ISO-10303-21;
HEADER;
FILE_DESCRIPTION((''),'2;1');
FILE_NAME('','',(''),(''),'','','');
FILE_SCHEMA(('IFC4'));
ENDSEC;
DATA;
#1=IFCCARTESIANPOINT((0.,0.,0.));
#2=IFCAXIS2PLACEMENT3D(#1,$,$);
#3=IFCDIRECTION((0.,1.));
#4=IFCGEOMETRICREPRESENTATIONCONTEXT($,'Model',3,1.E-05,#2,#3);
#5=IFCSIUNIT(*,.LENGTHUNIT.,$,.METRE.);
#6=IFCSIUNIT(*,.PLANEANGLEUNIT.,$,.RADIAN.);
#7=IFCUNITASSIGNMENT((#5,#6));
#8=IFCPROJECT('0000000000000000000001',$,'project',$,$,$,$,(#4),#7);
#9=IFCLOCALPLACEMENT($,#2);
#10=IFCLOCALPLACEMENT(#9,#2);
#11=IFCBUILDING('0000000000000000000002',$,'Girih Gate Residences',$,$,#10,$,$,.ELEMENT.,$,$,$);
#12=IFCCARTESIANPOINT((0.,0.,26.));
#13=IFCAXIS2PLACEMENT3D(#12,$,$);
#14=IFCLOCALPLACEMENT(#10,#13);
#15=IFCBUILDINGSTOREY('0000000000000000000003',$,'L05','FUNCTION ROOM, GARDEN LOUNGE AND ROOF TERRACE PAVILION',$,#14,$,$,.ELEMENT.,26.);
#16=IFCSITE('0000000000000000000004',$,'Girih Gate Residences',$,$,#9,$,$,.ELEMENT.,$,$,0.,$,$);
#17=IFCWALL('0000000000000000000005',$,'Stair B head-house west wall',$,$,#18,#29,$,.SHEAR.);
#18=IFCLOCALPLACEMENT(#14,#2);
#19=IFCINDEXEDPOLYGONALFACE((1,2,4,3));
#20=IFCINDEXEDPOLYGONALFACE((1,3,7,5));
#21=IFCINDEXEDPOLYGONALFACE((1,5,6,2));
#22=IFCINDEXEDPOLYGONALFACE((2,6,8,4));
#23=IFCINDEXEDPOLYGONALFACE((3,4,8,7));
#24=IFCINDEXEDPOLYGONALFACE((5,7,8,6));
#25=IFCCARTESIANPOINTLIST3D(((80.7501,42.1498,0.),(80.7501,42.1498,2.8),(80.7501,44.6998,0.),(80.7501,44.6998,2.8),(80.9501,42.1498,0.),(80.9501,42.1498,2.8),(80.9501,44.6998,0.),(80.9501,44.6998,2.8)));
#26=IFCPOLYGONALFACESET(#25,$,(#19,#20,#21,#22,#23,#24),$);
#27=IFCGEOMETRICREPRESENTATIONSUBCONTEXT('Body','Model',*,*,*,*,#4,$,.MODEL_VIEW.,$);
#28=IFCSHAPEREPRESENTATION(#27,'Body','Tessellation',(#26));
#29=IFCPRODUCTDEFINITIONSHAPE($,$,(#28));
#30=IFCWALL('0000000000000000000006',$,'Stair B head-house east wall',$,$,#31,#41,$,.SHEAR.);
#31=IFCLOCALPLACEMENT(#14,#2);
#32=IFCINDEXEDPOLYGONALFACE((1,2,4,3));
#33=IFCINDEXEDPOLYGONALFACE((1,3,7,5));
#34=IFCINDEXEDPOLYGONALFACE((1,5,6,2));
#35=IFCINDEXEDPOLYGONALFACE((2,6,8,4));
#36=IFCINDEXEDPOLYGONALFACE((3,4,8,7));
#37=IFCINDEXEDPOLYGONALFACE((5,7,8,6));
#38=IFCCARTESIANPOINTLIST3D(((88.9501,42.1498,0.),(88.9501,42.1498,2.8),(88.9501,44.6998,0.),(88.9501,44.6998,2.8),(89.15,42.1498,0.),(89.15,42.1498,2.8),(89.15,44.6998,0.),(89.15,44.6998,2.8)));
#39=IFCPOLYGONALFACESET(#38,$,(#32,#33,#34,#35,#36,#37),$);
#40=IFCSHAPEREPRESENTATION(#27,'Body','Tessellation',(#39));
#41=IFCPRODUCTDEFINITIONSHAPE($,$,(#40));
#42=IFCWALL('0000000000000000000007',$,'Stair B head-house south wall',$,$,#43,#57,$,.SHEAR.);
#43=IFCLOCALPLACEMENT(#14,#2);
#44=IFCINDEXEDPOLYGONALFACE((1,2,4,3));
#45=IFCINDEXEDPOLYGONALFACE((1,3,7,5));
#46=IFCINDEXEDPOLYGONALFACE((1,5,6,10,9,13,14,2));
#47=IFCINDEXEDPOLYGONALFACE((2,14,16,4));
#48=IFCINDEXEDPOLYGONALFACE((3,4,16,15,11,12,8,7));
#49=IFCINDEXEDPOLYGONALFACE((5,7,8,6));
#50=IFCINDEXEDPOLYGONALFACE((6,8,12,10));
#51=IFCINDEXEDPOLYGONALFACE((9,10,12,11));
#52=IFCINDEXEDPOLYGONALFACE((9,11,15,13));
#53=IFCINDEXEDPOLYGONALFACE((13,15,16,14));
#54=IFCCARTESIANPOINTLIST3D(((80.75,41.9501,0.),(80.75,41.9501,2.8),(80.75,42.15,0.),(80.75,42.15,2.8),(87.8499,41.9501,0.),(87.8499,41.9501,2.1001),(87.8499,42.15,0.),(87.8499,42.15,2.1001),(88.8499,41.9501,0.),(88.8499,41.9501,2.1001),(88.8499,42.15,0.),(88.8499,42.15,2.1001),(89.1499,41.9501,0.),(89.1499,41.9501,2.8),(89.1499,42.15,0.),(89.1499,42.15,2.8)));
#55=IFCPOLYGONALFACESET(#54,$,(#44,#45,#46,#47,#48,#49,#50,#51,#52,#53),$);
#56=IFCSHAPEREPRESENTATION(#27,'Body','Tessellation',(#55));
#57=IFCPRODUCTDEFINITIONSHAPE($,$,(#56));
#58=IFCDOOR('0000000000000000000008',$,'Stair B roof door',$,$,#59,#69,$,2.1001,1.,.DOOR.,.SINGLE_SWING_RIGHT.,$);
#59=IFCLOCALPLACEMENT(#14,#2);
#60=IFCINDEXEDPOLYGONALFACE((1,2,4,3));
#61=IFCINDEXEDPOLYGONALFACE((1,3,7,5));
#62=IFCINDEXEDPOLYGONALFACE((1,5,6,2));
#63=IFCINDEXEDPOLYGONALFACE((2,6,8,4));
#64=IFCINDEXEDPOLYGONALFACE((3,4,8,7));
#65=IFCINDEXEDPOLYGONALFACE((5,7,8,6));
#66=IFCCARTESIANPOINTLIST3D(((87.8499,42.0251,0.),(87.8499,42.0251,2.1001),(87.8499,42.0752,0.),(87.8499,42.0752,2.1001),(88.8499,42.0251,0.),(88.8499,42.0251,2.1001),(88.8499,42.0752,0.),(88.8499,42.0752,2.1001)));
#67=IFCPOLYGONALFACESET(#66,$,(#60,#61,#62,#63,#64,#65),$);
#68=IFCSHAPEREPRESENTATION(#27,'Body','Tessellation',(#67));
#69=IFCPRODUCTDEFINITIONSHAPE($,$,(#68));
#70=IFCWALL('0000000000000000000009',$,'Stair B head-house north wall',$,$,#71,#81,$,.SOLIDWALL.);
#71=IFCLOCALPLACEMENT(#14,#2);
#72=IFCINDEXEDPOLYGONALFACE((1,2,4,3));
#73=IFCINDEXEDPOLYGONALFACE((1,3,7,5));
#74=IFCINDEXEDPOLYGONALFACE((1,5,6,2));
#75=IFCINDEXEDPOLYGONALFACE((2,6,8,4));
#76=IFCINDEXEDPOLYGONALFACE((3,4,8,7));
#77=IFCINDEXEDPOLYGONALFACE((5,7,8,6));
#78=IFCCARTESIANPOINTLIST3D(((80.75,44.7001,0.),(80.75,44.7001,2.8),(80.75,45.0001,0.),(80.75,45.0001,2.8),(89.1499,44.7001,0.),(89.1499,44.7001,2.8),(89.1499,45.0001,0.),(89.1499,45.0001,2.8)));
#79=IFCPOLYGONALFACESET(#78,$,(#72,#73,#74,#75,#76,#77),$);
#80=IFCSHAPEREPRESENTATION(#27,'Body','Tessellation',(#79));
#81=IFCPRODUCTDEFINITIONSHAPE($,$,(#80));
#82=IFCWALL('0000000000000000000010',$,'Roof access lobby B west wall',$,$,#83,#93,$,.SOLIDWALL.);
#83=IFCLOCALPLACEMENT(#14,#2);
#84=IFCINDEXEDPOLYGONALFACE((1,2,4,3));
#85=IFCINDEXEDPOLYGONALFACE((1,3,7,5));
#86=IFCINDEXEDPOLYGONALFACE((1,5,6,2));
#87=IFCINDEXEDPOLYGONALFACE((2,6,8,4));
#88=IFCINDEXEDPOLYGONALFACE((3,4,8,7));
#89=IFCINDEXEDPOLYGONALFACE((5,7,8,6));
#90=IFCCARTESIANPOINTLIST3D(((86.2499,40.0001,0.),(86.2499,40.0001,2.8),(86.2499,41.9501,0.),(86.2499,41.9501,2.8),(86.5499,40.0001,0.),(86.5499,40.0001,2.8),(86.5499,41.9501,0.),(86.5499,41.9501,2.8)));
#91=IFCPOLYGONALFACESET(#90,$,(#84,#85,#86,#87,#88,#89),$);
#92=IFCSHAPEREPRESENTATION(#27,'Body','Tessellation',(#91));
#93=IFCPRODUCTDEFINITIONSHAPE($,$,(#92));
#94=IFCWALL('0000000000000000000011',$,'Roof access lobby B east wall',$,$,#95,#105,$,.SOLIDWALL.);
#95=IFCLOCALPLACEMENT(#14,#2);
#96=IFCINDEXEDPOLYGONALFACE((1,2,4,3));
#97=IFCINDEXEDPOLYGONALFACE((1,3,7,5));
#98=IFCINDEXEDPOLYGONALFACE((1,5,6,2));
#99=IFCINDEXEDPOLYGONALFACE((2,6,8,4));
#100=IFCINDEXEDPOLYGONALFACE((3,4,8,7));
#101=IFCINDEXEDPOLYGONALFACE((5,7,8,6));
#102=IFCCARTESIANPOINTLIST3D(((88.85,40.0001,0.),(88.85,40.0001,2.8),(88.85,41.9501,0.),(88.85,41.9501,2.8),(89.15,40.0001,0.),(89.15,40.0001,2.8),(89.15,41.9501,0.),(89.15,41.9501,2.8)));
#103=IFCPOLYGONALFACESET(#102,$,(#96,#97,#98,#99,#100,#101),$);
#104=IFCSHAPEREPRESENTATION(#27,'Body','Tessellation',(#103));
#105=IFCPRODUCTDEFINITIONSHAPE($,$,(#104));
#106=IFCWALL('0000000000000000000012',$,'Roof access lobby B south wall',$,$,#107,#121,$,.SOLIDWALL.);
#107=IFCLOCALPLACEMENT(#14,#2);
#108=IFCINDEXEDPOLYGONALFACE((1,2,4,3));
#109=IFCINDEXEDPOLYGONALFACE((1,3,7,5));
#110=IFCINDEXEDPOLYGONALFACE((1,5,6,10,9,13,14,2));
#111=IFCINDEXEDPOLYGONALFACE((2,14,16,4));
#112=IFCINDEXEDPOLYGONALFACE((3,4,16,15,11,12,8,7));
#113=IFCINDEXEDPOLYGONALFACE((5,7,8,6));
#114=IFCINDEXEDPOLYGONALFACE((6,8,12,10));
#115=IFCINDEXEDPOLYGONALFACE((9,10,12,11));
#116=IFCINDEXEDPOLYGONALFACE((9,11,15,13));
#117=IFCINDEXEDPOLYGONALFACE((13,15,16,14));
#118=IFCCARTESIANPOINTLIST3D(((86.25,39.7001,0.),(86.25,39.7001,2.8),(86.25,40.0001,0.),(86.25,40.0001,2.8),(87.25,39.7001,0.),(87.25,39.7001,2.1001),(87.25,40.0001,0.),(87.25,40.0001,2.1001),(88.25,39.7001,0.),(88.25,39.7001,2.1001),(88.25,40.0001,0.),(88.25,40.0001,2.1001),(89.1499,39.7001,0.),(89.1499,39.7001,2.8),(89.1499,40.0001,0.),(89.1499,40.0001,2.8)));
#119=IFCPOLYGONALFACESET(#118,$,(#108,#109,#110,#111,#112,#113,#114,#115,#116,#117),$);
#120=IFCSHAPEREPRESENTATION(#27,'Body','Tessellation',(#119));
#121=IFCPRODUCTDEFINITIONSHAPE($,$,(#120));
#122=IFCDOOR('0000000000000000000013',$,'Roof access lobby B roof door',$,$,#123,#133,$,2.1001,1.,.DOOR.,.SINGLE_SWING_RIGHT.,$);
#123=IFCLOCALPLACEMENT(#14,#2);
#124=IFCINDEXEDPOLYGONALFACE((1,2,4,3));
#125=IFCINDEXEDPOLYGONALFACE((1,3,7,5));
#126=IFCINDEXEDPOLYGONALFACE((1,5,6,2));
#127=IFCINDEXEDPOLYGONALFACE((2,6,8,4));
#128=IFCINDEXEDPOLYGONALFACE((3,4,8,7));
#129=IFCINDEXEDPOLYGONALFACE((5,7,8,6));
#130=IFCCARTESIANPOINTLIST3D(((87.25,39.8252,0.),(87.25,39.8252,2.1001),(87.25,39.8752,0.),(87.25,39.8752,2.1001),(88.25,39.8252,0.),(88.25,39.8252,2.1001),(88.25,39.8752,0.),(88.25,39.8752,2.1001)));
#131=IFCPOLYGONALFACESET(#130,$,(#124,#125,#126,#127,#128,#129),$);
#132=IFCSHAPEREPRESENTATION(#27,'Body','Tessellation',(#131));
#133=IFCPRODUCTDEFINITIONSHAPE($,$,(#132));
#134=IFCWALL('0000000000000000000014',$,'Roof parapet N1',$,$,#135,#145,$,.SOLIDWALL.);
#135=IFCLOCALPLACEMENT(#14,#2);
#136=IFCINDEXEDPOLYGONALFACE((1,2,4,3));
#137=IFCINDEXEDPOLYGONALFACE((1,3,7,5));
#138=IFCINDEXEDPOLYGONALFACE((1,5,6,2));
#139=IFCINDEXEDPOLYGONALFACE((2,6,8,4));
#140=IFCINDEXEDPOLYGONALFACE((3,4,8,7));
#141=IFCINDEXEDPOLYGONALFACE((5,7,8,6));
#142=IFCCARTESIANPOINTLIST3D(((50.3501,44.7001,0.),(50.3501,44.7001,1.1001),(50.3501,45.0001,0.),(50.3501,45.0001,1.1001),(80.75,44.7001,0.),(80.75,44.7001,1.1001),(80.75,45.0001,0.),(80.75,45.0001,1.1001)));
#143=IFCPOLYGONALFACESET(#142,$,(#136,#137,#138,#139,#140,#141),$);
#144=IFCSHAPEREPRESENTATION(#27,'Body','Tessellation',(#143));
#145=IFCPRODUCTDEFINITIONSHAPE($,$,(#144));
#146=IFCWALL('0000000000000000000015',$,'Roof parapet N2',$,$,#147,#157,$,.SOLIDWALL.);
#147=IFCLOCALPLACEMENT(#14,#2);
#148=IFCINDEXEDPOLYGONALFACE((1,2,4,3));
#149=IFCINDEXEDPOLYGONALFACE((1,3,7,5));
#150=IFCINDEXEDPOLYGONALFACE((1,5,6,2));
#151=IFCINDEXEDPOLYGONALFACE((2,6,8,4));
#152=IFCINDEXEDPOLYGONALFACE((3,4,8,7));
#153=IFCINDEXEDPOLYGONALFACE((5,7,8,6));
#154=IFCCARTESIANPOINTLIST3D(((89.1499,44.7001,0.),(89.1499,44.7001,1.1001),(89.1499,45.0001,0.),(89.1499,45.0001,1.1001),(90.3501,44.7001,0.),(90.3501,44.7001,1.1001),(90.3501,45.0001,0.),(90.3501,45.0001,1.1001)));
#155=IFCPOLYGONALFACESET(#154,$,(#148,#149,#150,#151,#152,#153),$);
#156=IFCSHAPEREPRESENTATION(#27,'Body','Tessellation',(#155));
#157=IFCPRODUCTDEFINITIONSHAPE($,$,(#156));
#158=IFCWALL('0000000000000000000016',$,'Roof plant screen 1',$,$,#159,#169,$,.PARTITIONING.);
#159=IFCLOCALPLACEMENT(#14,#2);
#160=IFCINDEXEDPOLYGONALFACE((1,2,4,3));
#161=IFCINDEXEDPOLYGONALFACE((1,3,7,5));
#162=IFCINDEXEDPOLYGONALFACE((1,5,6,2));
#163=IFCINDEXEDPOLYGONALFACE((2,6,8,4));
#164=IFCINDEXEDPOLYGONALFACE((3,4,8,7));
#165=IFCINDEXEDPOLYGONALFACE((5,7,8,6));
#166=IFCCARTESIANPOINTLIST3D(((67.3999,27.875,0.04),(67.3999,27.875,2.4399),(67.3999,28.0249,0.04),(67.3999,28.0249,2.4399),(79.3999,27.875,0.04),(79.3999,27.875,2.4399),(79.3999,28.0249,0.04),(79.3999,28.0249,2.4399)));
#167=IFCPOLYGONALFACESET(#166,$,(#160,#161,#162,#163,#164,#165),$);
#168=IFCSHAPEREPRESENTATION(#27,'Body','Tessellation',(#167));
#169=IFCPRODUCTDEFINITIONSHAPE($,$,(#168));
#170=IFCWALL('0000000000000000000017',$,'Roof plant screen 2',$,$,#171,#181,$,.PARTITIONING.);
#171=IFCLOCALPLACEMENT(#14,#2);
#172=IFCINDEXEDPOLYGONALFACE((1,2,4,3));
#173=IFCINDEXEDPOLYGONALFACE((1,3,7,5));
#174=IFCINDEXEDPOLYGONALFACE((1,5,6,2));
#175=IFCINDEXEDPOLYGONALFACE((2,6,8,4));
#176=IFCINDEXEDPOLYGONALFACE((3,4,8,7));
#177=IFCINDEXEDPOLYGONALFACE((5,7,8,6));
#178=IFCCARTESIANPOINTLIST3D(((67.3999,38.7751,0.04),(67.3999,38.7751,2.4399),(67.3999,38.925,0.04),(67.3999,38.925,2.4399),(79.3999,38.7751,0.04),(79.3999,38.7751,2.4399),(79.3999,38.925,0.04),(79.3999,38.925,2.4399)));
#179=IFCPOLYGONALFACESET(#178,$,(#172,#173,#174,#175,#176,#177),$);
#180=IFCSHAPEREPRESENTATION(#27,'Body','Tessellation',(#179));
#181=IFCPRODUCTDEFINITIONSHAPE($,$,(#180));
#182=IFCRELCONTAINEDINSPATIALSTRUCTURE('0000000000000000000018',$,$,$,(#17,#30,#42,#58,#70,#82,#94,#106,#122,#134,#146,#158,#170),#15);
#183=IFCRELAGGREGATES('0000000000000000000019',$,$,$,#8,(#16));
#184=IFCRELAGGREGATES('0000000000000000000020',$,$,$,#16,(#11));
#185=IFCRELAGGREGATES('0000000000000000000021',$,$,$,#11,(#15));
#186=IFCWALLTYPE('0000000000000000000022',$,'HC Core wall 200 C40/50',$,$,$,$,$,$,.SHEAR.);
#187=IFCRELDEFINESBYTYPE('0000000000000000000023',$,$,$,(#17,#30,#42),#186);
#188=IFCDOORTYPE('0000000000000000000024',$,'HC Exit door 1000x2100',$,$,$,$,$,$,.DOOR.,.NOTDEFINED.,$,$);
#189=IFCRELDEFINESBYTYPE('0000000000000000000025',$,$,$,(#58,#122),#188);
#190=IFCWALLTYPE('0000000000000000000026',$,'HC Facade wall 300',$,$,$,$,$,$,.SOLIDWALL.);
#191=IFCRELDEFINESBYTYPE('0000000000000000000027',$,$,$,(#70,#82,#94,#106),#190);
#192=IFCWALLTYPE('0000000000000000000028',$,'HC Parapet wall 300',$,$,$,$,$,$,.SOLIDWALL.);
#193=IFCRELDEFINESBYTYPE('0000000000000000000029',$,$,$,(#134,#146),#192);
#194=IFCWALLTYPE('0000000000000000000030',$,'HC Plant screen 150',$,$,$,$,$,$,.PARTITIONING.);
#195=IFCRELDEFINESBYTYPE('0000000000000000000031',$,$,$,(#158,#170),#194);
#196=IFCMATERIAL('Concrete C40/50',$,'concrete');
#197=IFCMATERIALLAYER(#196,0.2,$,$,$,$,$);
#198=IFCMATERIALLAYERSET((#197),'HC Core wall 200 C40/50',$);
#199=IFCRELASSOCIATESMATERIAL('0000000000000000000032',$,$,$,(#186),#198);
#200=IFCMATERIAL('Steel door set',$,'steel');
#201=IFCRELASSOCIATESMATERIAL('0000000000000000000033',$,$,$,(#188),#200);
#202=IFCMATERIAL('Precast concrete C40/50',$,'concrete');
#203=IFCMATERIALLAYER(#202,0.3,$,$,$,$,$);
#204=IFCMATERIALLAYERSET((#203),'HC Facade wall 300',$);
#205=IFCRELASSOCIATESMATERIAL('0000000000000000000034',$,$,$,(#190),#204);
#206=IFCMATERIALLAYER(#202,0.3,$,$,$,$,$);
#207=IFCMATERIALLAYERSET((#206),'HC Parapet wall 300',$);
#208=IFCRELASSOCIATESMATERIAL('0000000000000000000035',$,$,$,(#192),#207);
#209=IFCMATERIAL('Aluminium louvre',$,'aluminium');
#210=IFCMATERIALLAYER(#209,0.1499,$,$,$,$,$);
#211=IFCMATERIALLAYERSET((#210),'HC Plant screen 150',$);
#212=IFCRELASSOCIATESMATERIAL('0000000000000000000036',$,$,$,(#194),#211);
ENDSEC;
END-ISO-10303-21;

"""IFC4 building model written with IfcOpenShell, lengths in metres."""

from ifc_helpers import new_model, si_unit, direction, frame, frame_2d, origin, place, context, subcontext, project, spatial, rectangle, extrude, material, layer, layer_set, type_object, element, fill, save


model = new_model("IFC4")

# Units and contexts
model_context = context("Model", 3, precision=1e-05, world=origin(), true_north=direction((0.0, 1.0)))
body_context = subcontext(model_context, "Body", "Model", "MODEL_VIEW")
ifc_project = project(units=[si_unit("LENGTHUNIT", "METRE"), si_unit("PLANEANGLEUNIT", "RADIAN")], contexts=[model_context])

# Site, building, storey
site_placement = place(None, origin())
site = spatial("IfcSite", under=ifc_project, at=site_placement, Name="Girih Gate Residences", CompositionType="ELEMENT", RefElevation=0.0)
building_placement = place(site_placement, origin())
building = spatial("IfcBuilding", under=site, at=building_placement, Name="Girih Gate Residences", CompositionType="ELEMENT")
storey_placement = place(building_placement, frame((0.0, 0.0, 26.0)))
storey = spatial("IfcBuildingStorey", under=building, at=storey_placement, Name="L05", Description="FUNCTION ROOM, GARDEN LOUNGE AND ROOF TERRACE PAVILION", CompositionType="ELEMENT", Elevation=26.0)

# Walls
ifc_material_1 = material(Name="Concrete C40/50", Category="concrete")
ifc_layer_1 = layer(ifc_material_1, 0.2)
ifc_layer_set_1 = layer_set([ifc_layer_1], Name="HC Core wall 200 C40/50")
wall_type_1 = type_object("IfcWallType", Name="HC Core wall 200 C40/50", PredefinedType="SHEAR", material=ifc_layer_set_1)
for number, where, z_axis, x_axis, name in (
    (1, (80.8501, 42.1499, 0.0), (0.0, 0.0, 1.0), (0.0, 1.0, 0.0), "Stair B head-house west wall"),
    (2, (89.05, 42.1499, 0.0), (0.0, 0.0, 1.0), (0.0, 1.0, 0.0), "Stair B head-house east wall"),
):
    element("IfcWall", number, at=place(storey_placement, frame(where, z_axis=z_axis, x_axis=x_axis)), inside=storey, type_object=wall_type_1, Name=name, PredefinedType="SHEAR", context=body_context, shape_type="SweptSolid", body=[
        extrude(rectangle(XDim=2.55, YDim=0.2, at=frame_2d((1.2749, 0.0))), origin(), (0.0, 0.0, 1.0), 2.8),
    ])

# Wall, opening, door
wall_1_placement = place(storey_placement, frame((89.1499, 42.05, 0.0), z_axis=(0.0, 0.0, 1.0), x_axis=(-1.0, 0.0, 0.0)))
wall_1 = element("IfcWall", 3, at=wall_1_placement, inside=storey, type_object=wall_type_1, Name="Stair B head-house south wall", PredefinedType="SHEAR", context=body_context, shape_type="SweptSolid", body=[
    extrude(rectangle(XDim=8.3999, YDim=0.2, at=frame_2d((4.2, 0.0))), origin(), (0.0, 0.0, 1.0), 2.8),
])
opening_1_placement = place(wall_1_placement, frame((0.3, 0.0, 0.0)))
opening_1 = element("IfcOpeningElement", 4, at=opening_1_placement, cuts=wall_1, PredefinedType="OPENING", context=body_context, shape_type="SweptSolid", body=[
    extrude(rectangle(XDim=1.0, YDim=2.1001, at=frame_2d((0.5, 1.05))), frame((0.0, 0.1099, 0.0), z_axis=(0.0, -1.0, 0.0), x_axis=(1.0, 0.0, 0.0)), (0.0, 0.0, 1.0), 0.22),
])
ifc_material_2 = material(Name="Steel door set", Category="steel")
door_type = type_object("IfcDoorType", Name="HC Exit door 1000x2100", OperationType="NOTDEFINED", PredefinedType="DOOR", material=ifc_material_2)
door_1_placement = place(opening_1_placement, origin())
door_1 = element("IfcDoor", 5, at=door_1_placement, inside=storey, type_object=door_type, Name="Stair B roof door", OperationType="SINGLE_SWING_RIGHT", OverallHeight=2.1001, OverallWidth=1.0, PredefinedType="DOOR", context=body_context, shape_type="SweptSolid", body=[
    extrude(rectangle(XDim=1.0, YDim=2.1001, at=frame_2d((0.5, 1.05))), frame((0.0, 0.0249, 0.0), z_axis=(0.0, -1.0, 0.0), x_axis=(1.0, 0.0, 0.0)), (0.0, 0.0, 1.0), 0.05),
])
fill(opening_1, door_1)

# Walls
ifc_material_3 = material(Name="Precast concrete C40/50", Category="concrete")
ifc_layer_2 = layer(ifc_material_3, 0.3)
ifc_layer_set_2 = layer_set([ifc_layer_2], Name="HC Facade wall 300")
wall_type_2 = type_object("IfcWallType", Name="HC Facade wall 300", PredefinedType="SOLIDWALL", material=ifc_layer_set_2)
wall_2_placement = place(storey_placement, frame((80.75, 44.8501, 0.0), z_axis=(0.0, 0.0, 1.0), x_axis=(1.0, 0.0, 0.0)))
element("IfcWall", 6, at=wall_2_placement, inside=storey, type_object=wall_type_2, Name="Stair B head-house north wall", PredefinedType="SOLIDWALL", context=body_context, shape_type="SweptSolid", body=[
    extrude(rectangle(XDim=8.3999, YDim=0.3, at=frame_2d((4.2, 0.0))), origin(), (0.0, 0.0, 1.0), 2.8),
])
for number, where, z_axis, x_axis, name in (
    (7, (86.3999, 40.0, 0.0), (0.0, 0.0, 1.0), (0.0, 1.0, 0.0), "Roof access lobby B west wall"),
    (8, (89.0, 40.0, 0.0), (0.0, 0.0, 1.0), (0.0, 1.0, 0.0), "Roof access lobby B east wall"),
):
    element("IfcWall", number, at=place(storey_placement, frame(where, z_axis=z_axis, x_axis=x_axis)), inside=storey, type_object=wall_type_2, Name=name, PredefinedType="SOLIDWALL", context=body_context, shape_type="SweptSolid", body=[
        extrude(rectangle(XDim=1.95, YDim=0.3, at=frame_2d((0.9751, 0.0))), origin(), (0.0, 0.0, 1.0), 2.8),
    ])

# Wall, opening, door
wall_3_placement = place(storey_placement, frame((89.1499, 39.8501, 0.0), z_axis=(0.0, 0.0, 1.0), x_axis=(-1.0, 0.0, 0.0)))
wall_3 = element("IfcWall", 9, at=wall_3_placement, inside=storey, type_object=wall_type_2, Name="Roof access lobby B south wall", PredefinedType="SOLIDWALL", context=body_context, shape_type="SweptSolid", body=[
    extrude(rectangle(XDim=2.8999, YDim=0.3, at=frame_2d((1.45, 0.0))), origin(), (0.0, 0.0, 1.0), 2.8),
])
opening_2_placement = place(wall_3_placement, frame((0.8999, 0.0, 0.0)))
opening_2 = element("IfcOpeningElement", 10, at=opening_2_placement, cuts=wall_3, PredefinedType="OPENING", context=body_context, shape_type="SweptSolid", body=[
    extrude(rectangle(XDim=1.0, YDim=2.1001, at=frame_2d((0.5, 1.05))), frame((0.0, 0.1599, 0.0), z_axis=(0.0, -1.0, 0.0), x_axis=(1.0, 0.0, 0.0)), (0.0, 0.0, 1.0), 0.3201),
])
door_2_placement = place(opening_2_placement, origin())
door_2 = element("IfcDoor", 11, at=door_2_placement, inside=storey, type_object=door_type, Name="Roof access lobby B roof door", OperationType="SINGLE_SWING_RIGHT", OverallHeight=2.1001, OverallWidth=1.0, PredefinedType="DOOR", context=body_context, shape_type="SweptSolid", body=[
    extrude(rectangle(XDim=1.0, YDim=2.1001, at=frame_2d((0.5, 1.05))), frame((0.0, 0.0249, 0.0), z_axis=(0.0, -1.0, 0.0), x_axis=(1.0, 0.0, 0.0)), (0.0, 0.0, 1.0), 0.05),
])
fill(opening_2, door_2)

# Walls
ifc_layer_3 = layer(ifc_material_3, 0.3)
ifc_layer_set_3 = layer_set([ifc_layer_3], Name="HC Parapet wall 300")
wall_type_3 = type_object("IfcWallType", Name="HC Parapet wall 300", PredefinedType="SOLIDWALL", material=ifc_layer_set_3)
wall_4_placement = place(storey_placement, frame((50.3501, 44.8501, 0.0), z_axis=(0.0, 0.0, 1.0), x_axis=(1.0, 0.0, 0.0)))
element("IfcWall", 12, at=wall_4_placement, inside=storey, type_object=wall_type_3, Name="Roof parapet N1", PredefinedType="SOLIDWALL", context=body_context, shape_type="SweptSolid", body=[
    extrude(rectangle(XDim=30.3999, YDim=0.3, at=frame_2d((15.2, 0.0))), origin(), (0.0, 0.0, 1.0), 1.1001),
])
wall_5_placement = place(storey_placement, frame((89.1499, 44.8501, 0.0), z_axis=(0.0, 0.0, 1.0), x_axis=(1.0, 0.0, 0.0)))
element("IfcWall", 13, at=wall_5_placement, inside=storey, type_object=wall_type_3, Name="Roof parapet N2", PredefinedType="SOLIDWALL", context=body_context, shape_type="SweptSolid", body=[
    extrude(rectangle(XDim=1.2002, YDim=0.3, at=frame_2d((0.6001, 0.0))), origin(), (0.0, 0.0, 1.0), 1.1001),
])
ifc_material_4 = material(Name="Aluminium louvre", Category="aluminium")
ifc_layer_4 = layer(ifc_material_4, 0.1499)
ifc_layer_set_4 = layer_set([ifc_layer_4], Name="HC Plant screen 150")
wall_type_4 = type_object("IfcWallType", Name="HC Plant screen 150", PredefinedType="PARTITIONING", material=ifc_layer_set_4)
for number, where, z_axis, x_axis, name in (
    (14, (67.3999, 27.95, 0.04), (0.0, 0.0, 1.0), (1.0, 0.0, 0.0), "Roof plant screen 1"),
    (15, (67.3999, 38.8501, 0.04), (0.0, 0.0, 1.0), (1.0, 0.0, 0.0), "Roof plant screen 2"),
):
    element("IfcWall", number, at=place(storey_placement, frame(where, z_axis=z_axis, x_axis=x_axis)), inside=storey, type_object=wall_type_4, Name=name, PredefinedType="PARTITIONING", context=body_context, shape_type="SweptSolid", body=[
        extrude(rectangle(XDim=12.0, YDim=0.1499, at=frame_2d((6.0, 0.0))), origin(), (0.0, 0.0, 1.0), 2.3999),
    ])

save(model, "model.ifc")
